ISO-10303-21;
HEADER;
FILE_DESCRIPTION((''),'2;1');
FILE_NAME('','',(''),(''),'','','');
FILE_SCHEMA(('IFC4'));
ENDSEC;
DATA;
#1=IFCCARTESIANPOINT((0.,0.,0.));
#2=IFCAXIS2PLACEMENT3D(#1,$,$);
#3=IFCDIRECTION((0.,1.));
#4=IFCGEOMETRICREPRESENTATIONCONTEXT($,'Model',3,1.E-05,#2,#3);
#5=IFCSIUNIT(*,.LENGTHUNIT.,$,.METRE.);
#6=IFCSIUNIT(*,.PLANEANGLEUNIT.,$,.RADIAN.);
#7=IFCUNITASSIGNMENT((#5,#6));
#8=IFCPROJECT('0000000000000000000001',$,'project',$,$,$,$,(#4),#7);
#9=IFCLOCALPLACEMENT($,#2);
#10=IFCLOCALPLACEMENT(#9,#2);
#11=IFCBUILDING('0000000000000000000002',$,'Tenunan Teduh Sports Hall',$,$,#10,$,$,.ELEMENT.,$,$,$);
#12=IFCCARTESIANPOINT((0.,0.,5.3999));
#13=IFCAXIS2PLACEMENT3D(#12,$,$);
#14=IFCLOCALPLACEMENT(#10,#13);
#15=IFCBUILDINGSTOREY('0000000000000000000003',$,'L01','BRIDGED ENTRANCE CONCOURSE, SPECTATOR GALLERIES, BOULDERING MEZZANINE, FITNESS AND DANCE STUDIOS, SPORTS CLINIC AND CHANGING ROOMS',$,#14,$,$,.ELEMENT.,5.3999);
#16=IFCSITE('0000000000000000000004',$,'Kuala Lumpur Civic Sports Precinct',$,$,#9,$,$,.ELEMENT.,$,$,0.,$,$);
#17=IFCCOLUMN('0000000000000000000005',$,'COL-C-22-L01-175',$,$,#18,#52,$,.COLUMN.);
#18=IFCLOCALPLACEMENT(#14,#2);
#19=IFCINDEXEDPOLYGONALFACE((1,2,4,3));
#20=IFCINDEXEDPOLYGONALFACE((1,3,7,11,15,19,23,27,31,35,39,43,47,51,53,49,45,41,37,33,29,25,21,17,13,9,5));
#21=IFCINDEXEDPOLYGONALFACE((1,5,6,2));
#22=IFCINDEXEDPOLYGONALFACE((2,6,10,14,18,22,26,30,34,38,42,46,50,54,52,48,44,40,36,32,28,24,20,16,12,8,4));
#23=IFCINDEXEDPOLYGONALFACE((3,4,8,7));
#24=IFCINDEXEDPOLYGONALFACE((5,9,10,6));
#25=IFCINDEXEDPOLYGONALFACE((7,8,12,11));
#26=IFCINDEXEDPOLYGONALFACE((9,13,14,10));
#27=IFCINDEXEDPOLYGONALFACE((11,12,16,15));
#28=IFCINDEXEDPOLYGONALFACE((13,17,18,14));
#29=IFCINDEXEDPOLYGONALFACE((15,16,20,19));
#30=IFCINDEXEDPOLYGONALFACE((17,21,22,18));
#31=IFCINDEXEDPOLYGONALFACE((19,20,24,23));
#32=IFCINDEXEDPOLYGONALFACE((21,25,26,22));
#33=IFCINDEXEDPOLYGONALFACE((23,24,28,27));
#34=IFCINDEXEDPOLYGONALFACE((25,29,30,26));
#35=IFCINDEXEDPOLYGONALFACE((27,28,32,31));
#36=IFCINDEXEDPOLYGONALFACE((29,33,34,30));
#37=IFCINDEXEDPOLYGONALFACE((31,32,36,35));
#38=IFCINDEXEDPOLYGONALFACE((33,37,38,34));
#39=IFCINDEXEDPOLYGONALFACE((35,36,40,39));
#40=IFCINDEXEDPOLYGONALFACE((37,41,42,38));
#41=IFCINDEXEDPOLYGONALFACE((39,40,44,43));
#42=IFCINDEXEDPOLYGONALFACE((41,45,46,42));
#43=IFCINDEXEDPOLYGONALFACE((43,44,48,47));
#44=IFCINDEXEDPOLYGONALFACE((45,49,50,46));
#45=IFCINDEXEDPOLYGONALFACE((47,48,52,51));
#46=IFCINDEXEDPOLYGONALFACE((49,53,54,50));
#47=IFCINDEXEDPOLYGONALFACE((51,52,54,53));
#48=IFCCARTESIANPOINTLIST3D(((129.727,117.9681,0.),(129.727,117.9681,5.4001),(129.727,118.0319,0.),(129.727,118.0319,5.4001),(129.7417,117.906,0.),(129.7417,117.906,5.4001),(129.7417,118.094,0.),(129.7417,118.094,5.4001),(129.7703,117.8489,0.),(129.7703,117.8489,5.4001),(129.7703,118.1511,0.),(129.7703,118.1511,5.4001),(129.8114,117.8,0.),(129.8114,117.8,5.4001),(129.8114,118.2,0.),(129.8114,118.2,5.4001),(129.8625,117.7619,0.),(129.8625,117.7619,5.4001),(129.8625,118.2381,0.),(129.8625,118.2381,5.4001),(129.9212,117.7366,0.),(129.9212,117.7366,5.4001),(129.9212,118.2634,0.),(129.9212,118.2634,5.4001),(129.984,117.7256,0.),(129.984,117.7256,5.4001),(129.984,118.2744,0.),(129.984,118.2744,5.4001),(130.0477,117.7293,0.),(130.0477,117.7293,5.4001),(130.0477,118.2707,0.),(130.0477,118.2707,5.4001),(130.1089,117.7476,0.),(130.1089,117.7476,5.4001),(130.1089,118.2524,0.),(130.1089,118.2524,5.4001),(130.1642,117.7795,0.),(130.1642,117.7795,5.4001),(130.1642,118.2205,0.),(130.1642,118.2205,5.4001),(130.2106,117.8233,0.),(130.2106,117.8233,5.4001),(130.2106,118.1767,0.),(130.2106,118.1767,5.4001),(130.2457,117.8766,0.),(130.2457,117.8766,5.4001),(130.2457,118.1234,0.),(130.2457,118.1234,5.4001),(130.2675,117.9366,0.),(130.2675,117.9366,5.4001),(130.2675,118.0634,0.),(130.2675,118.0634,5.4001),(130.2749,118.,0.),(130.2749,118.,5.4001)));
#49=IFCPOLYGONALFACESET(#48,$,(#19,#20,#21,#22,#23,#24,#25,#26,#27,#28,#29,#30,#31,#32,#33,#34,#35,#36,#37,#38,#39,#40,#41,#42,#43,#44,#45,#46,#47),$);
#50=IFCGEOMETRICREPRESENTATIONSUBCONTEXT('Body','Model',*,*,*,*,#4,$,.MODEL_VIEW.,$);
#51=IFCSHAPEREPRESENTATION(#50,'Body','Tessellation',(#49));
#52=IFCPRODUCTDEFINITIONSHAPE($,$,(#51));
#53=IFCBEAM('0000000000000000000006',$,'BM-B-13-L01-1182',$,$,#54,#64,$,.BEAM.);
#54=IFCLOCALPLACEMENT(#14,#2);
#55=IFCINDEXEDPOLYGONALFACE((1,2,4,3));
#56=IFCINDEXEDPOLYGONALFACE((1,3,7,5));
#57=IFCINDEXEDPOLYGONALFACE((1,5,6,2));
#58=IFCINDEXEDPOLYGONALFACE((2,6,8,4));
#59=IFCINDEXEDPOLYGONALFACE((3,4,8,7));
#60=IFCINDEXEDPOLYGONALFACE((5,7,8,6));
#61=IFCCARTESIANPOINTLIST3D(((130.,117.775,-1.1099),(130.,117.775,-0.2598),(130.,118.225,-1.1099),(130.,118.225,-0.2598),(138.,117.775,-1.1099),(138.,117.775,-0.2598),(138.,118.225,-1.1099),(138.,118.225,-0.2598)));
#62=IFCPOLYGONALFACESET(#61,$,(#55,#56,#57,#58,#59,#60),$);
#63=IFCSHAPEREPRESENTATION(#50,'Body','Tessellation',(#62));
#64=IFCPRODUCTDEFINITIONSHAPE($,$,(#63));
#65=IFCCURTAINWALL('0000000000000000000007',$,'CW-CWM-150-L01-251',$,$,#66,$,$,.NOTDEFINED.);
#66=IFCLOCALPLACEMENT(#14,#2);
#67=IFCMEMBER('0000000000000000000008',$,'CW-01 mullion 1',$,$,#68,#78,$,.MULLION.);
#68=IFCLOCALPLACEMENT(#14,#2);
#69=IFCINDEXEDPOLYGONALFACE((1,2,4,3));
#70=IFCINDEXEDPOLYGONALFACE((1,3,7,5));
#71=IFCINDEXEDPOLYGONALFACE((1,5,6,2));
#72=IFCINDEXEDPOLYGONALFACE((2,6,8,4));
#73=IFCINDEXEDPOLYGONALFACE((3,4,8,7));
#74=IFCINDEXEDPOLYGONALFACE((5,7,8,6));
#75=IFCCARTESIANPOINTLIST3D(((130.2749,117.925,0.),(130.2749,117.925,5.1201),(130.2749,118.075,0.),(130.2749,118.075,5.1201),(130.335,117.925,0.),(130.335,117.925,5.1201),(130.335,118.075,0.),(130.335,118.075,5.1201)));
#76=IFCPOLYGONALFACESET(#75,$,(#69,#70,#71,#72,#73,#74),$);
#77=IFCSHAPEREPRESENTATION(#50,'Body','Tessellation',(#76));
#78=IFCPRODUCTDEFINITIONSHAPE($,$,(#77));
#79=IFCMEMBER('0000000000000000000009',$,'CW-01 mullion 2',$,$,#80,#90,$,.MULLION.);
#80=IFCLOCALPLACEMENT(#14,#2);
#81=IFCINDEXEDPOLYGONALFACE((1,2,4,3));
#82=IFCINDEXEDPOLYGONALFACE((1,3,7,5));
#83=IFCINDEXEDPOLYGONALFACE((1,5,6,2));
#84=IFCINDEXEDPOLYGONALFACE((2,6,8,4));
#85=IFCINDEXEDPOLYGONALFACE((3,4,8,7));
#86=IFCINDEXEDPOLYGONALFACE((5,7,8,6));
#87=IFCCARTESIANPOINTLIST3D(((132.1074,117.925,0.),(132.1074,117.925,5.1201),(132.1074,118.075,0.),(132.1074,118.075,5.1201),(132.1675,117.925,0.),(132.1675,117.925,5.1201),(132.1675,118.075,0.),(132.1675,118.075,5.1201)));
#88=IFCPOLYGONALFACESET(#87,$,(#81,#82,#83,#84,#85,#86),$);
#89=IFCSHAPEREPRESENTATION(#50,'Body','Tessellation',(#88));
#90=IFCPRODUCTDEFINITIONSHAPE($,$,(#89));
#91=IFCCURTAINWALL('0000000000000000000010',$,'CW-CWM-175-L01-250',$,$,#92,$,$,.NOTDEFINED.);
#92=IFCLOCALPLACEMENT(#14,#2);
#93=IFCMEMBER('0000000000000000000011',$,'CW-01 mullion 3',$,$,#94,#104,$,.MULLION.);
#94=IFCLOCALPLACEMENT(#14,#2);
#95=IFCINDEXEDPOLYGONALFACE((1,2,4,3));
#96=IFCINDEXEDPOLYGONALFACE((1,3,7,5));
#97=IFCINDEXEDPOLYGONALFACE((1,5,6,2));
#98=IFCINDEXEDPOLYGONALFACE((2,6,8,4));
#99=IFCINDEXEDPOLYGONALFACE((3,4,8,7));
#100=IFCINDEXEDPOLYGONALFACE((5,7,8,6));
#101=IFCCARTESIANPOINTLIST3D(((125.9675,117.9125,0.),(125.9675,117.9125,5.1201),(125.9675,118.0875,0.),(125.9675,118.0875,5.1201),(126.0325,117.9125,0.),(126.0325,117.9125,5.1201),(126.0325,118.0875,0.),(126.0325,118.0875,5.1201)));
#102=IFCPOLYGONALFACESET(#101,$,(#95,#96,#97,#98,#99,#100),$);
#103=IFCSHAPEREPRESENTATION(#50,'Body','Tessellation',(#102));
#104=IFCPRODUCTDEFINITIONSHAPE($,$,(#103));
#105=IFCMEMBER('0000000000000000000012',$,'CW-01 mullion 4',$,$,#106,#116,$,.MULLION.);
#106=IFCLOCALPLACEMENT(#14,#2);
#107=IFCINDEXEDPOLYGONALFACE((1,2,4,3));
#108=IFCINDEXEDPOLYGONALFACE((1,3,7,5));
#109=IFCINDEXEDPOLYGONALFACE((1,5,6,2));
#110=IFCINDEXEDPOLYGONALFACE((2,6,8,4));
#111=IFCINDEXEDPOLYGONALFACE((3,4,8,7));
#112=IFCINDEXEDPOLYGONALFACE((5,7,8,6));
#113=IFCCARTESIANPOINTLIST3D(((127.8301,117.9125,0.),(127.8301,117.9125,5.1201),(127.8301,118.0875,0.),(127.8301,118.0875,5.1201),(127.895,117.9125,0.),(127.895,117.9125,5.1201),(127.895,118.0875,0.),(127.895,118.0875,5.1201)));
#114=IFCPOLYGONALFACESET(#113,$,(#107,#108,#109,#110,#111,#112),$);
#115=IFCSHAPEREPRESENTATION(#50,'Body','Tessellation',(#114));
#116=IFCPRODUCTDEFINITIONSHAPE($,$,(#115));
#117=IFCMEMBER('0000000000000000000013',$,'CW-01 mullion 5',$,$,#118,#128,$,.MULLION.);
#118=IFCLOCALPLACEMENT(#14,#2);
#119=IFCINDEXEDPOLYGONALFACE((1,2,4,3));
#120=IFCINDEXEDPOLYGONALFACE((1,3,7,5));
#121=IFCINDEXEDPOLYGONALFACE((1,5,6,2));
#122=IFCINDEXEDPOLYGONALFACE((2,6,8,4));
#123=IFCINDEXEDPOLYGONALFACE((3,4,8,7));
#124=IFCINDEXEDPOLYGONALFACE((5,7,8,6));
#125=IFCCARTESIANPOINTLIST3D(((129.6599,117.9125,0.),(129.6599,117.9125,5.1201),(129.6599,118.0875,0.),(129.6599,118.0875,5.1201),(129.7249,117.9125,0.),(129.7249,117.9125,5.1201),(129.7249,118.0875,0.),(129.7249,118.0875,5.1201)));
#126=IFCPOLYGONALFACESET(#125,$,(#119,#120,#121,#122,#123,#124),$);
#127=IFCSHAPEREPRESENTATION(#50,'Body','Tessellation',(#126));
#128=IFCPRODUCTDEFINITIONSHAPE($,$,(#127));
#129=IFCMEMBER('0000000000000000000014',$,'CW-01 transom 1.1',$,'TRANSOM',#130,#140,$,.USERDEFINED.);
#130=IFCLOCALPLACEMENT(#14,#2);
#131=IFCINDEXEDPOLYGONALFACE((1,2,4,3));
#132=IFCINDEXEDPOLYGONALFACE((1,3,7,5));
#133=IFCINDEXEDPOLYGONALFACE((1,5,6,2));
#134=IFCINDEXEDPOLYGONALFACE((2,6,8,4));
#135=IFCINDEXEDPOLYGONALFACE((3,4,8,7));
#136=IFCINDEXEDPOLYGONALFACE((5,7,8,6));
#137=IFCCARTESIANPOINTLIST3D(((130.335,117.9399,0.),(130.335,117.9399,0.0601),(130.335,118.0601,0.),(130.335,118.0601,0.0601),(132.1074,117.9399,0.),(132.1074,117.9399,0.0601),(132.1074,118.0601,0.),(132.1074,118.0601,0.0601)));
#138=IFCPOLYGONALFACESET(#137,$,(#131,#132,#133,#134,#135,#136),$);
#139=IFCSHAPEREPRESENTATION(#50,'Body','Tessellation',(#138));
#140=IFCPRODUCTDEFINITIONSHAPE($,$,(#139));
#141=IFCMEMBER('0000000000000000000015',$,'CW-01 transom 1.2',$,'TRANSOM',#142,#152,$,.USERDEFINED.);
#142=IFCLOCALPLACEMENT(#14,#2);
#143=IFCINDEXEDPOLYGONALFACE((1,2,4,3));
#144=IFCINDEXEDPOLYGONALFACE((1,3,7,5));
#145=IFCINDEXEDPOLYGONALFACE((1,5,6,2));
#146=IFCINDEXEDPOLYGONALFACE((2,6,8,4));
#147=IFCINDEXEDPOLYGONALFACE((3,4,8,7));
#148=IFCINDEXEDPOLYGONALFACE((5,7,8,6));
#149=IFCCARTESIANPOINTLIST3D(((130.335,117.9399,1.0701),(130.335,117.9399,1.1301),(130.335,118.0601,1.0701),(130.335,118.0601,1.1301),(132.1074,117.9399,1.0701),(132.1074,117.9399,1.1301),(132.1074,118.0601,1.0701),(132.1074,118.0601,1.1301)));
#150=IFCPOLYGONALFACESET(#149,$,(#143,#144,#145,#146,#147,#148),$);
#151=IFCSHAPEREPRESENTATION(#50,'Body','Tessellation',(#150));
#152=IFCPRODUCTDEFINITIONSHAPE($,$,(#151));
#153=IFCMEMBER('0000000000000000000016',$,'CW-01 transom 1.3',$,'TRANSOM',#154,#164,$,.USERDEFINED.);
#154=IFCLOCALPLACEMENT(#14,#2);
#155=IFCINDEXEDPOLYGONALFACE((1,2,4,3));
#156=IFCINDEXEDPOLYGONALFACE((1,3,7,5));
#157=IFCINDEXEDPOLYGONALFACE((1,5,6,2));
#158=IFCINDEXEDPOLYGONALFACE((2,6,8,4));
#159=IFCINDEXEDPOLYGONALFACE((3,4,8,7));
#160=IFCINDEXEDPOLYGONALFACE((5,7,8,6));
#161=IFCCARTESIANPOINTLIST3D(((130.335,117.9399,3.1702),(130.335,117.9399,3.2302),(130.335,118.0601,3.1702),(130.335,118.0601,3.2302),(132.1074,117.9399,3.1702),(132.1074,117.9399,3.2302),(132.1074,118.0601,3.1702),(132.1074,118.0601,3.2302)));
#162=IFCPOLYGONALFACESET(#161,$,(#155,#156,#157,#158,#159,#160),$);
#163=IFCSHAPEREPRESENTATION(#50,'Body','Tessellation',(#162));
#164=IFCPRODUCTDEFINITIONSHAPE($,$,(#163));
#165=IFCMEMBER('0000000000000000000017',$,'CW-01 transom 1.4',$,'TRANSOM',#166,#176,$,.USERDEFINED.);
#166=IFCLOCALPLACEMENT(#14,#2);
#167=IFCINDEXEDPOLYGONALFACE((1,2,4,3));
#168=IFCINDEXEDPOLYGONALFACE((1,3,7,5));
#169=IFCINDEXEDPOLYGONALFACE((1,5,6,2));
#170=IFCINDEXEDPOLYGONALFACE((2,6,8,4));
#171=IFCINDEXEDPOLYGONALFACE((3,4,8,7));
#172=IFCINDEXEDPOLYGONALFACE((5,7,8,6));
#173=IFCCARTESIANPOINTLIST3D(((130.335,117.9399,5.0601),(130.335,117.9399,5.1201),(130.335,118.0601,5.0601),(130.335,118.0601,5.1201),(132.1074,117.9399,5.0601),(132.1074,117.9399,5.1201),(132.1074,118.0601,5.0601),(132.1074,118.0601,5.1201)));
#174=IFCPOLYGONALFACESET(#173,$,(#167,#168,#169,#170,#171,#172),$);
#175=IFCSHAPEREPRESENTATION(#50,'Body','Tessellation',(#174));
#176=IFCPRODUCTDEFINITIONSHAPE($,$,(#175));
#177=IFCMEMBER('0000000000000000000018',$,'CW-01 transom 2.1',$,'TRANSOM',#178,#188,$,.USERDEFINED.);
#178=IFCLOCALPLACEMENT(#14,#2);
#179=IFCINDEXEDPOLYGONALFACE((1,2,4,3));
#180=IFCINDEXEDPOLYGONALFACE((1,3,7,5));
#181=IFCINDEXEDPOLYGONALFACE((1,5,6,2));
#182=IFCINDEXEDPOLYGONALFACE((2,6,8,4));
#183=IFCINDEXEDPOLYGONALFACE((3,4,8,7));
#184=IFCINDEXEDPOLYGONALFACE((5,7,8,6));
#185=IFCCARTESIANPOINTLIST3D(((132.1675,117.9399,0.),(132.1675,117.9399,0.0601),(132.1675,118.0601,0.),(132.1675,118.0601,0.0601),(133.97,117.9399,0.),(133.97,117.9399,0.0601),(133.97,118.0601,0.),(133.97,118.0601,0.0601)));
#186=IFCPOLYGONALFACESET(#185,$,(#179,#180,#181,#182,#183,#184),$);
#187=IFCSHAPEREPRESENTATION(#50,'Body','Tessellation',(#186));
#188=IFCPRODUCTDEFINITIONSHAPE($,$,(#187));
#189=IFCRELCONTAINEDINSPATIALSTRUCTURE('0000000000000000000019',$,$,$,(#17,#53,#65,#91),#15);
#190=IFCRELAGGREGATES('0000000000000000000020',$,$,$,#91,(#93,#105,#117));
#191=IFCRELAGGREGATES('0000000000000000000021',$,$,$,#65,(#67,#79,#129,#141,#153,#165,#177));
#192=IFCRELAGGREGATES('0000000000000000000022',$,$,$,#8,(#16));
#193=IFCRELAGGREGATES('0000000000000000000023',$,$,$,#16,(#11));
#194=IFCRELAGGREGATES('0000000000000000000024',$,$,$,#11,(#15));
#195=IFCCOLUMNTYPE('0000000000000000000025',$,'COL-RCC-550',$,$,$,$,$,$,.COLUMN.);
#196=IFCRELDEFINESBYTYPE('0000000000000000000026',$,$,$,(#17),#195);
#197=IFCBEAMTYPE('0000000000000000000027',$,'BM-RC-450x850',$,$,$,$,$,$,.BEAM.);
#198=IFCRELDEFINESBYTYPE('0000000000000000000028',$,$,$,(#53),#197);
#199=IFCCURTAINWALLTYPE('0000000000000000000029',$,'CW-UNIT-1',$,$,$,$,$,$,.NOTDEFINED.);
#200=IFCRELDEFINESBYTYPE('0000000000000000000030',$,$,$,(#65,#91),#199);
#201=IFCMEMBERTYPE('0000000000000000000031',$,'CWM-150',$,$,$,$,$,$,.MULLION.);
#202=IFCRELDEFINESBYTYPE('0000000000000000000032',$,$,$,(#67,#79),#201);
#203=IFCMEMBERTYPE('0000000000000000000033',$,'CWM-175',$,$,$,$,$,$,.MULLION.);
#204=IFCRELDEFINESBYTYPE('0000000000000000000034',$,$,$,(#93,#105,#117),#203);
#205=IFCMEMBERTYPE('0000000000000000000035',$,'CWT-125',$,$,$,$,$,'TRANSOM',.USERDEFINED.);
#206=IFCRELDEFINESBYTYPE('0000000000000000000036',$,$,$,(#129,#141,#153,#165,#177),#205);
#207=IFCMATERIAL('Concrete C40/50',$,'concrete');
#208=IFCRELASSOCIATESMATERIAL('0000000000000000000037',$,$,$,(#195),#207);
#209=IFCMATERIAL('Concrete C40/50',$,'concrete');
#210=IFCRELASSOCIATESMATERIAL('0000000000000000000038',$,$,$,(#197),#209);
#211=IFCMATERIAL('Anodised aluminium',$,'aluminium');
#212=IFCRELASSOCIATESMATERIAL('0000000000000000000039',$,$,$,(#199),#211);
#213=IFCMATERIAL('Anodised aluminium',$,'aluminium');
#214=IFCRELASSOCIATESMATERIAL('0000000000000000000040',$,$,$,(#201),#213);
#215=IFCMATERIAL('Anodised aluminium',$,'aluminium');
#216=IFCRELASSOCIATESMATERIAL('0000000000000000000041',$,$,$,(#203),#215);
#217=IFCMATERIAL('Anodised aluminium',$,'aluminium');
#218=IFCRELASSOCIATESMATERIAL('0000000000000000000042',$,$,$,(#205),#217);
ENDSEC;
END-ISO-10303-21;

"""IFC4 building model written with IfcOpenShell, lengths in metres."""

from ifc_helpers import new_model, si_unit, direction, frame, origin, origin_2d, place, context, subcontext, project, spatial, rectangle, circle, extrude, material, material_profile, profile_set, type_object, element, aggregate, save


model = new_model("IFC4")

# Units and contexts
model_context = context("Model", 3, precision=1e-05, world=origin(), true_north=direction((0.0, 1.0)))
body_context = subcontext(model_context, "Body", "Model", "MODEL_VIEW")
ifc_project = project(units=[si_unit("LENGTHUNIT", "METRE"), si_unit("PLANEANGLEUNIT", "RADIAN")], contexts=[model_context])

# Site, building, storey
site_placement = place(None, origin())
site = spatial("IfcSite", under=ifc_project, at=site_placement, Name="Kuala Lumpur Civic Sports Precinct", CompositionType="ELEMENT", RefElevation=0.0)
building_placement = place(site_placement, origin())
building = spatial("IfcBuilding", under=site, at=building_placement, Name="Tenunan Teduh Sports Hall", CompositionType="ELEMENT")
storey_placement = place(building_placement, frame((0.0, 0.0, 5.3999)))
storey = spatial("IfcBuildingStorey", under=building, at=storey_placement, Name="L01", Description="BRIDGED ENTRANCE CONCOURSE, SPECTATOR GALLERIES, BOULDERING MEZZANINE, FITNESS AND DANCE STUDIOS, SPORTS CLINIC AND CHANGING ROOMS", CompositionType="ELEMENT", Elevation=5.3999)

# Column
ifc_material_1 = material(Name="Concrete C40/50", Category="concrete")
ifc_material_profile_1 = material_profile(ifc_material_1, circle(Radius=0.2749, at=origin_2d()), Name="RCC D550")
ifc_profile_set_1 = profile_set([ifc_material_profile_1], Name="Concrete C40/50")
column_type = type_object("IfcColumnType", Name="COL-RCC-550", PredefinedType="COLUMN", material=ifc_profile_set_1)
column_placement = place(storey_placement, frame((130.0, 118.0, 0.0), z_axis=(0.0, 0.0, 1.0), x_axis=(1.0, 0.0, 0.0)))
element("IfcColumn", 1, at=column_placement, inside=storey, type_object=column_type, Name="COL-C-22-L01-175", PredefinedType="COLUMN", context=body_context, shape_type="SweptSolid", body=[
    extrude(circle(Radius=0.2749, at=origin_2d()), origin(), (0.0, 0.0, 1.0), 5.4001),
])

# Beam
ifc_material_2 = material(Name="Concrete C40/50", Category="concrete")
ifc_material_profile_2 = material_profile(ifc_material_2, rectangle(XDim=0.45, YDim=0.8501, at=origin_2d()), Name="RCB 450x850")
ifc_profile_set_2 = profile_set([ifc_material_profile_2], Name="Concrete C40/50")
beam_type = type_object("IfcBeamType", Name="BM-RC-450x850", PredefinedType="BEAM", material=ifc_profile_set_2)
beam_placement = place(storey_placement, frame((130.0, 118.0, -0.6848), z_axis=(1.0, 0.0, 0.0), x_axis=(0.0, 1.0, 0.0)))
element("IfcBeam", 2, at=beam_placement, inside=storey, type_object=beam_type, Name="BM-B-13-L01-1182", PredefinedType="BEAM", context=body_context, shape_type="SweptSolid", body=[
    extrude(rectangle(XDim=0.45, YDim=0.8501, at=origin_2d()), origin(), (0.0, 0.0, 1.0), 8.0),
])

# Curtain walls, members
ifc_material_3 = material(Name="Anodised aluminium", Category="aluminium")
curtain_wall_type = type_object("IfcCurtainWallType", Name="CW-UNIT-1", PredefinedType="NOTDEFINED", material=ifc_material_3)
curtain_wall_1_placement = place(storey_placement, origin())
curtain_wall_1 = element("IfcCurtainWall", 3, at=curtain_wall_1_placement, inside=storey, type_object=curtain_wall_type, Name="CW-CWM-150-L01-251", PredefinedType="NOTDEFINED")
ifc_material_4 = material(Name="Anodised aluminium", Category="aluminium")
ifc_material_profile_3 = material_profile(ifc_material_4, rectangle(XDim=0.0601, YDim=0.1499, at=origin_2d()), Name="CWM 60x150")
ifc_profile_set_3 = profile_set([ifc_material_profile_3], Name="Anodised aluminium")
member_type_1 = type_object("IfcMemberType", Name="CWM-150", PredefinedType="MULLION", material=ifc_profile_set_3)
member_1_placement = place(storey_placement, frame((130.3049, 118.0, 0.0), z_axis=(0.0, 0.0, 1.0), x_axis=(1.0, 0.0, 0.0)))
member_1 = element("IfcMember", 4, at=member_1_placement, type_object=member_type_1, Name="CW-01 mullion 1", PredefinedType="MULLION", context=body_context, shape_type="SweptSolid", body=[
    extrude(rectangle(XDim=0.0601, YDim=0.1499, at=origin_2d()), origin(), (0.0, 0.0, 1.0), 5.1201),
])
member_2_placement = place(storey_placement, frame((132.1375, 118.0, 0.0), z_axis=(0.0, 0.0, 1.0), x_axis=(1.0, 0.0, 0.0)))
member_2 = element("IfcMember", 5, at=member_2_placement, type_object=member_type_1, Name="CW-01 mullion 2", PredefinedType="MULLION", context=body_context, shape_type="SweptSolid", body=[
    extrude(rectangle(XDim=0.0601, YDim=0.1499, at=origin_2d()), origin(), (0.0, 0.0, 1.0), 5.1201),
])
curtain_wall_2_placement = place(storey_placement, origin())
curtain_wall_2 = element("IfcCurtainWall", 6, at=curtain_wall_2_placement, inside=storey, type_object=curtain_wall_type, Name="CW-CWM-175-L01-250", PredefinedType="NOTDEFINED")
ifc_material_5 = material(Name="Anodised aluminium", Category="aluminium")
ifc_material_profile_4 = material_profile(ifc_material_5, rectangle(XDim=0.0649, YDim=0.175, at=origin_2d()), Name="CWM 65x175")
ifc_profile_set_4 = profile_set([ifc_material_profile_4], Name="Anodised aluminium")
member_type_2 = type_object("IfcMemberType", Name="CWM-175", PredefinedType="MULLION", material=ifc_profile_set_4)
member_3_placement = place(storey_placement, frame((126.0, 118.0, 0.0), z_axis=(0.0, 0.0, 1.0), x_axis=(1.0, 0.0, 0.0)))
member_3 = element("IfcMember", 7, at=member_3_placement, type_object=member_type_2, Name="CW-01 mullion 3", PredefinedType="MULLION", context=body_context, shape_type="SweptSolid", body=[
    extrude(rectangle(XDim=0.0649, YDim=0.175, at=origin_2d()), origin(), (0.0, 0.0, 1.0), 5.1201),
])
member_4_placement = place(storey_placement, frame((127.8625, 118.0, 0.0), z_axis=(0.0, 0.0, 1.0), x_axis=(1.0, 0.0, 0.0)))
member_4 = element("IfcMember", 8, at=member_4_placement, type_object=member_type_2, Name="CW-01 mullion 4", PredefinedType="MULLION", context=body_context, shape_type="SweptSolid", body=[
    extrude(rectangle(XDim=0.0649, YDim=0.175, at=origin_2d()), origin(), (0.0, 0.0, 1.0), 5.1201),
])
member_5_placement = place(storey_placement, frame((129.6924, 118.0, 0.0), z_axis=(0.0, 0.0, 1.0), x_axis=(1.0, 0.0, 0.0)))
member_5 = element("IfcMember", 9, at=member_5_placement, type_object=member_type_2, Name="CW-01 mullion 5", PredefinedType="MULLION", context=body_context, shape_type="SweptSolid", body=[
    extrude(rectangle(XDim=0.0649, YDim=0.175, at=origin_2d()), origin(), (0.0, 0.0, 1.0), 5.1201),
])

# Members
ifc_material_6 = material(Name="Anodised aluminium", Category="aluminium")
ifc_material_profile_5 = material_profile(ifc_material_6, rectangle(XDim=0.0601, YDim=0.1201, at=origin_2d()), Name="CWT 60x120")
ifc_profile_set_5 = profile_set([ifc_material_profile_5], Name="Anodised aluminium")
member_type_3 = type_object("IfcMemberType", Name="CWT-125", ElementType="TRANSOM", PredefinedType="USERDEFINED", material=ifc_profile_set_5)
member_6_placement = place(storey_placement, frame((130.335, 118.0, 0.03), z_axis=(1.0, 0.0, 0.0), x_axis=(0.0, 0.0, 1.0)))
member_6 = element("IfcMember", 10, at=member_6_placement, type_object=member_type_3, Name="CW-01 transom 1.1", ObjectType="TRANSOM", PredefinedType="USERDEFINED", context=body_context, shape_type="SweptSolid", body=[
    extrude(rectangle(XDim=0.0601, YDim=0.1201, at=origin_2d()), origin(), (0.0, 0.0, 1.0), 1.7725),
])
member_7_placement = place(storey_placement, frame((130.335, 118.0, 1.1001), z_axis=(1.0, 0.0, 0.0), x_axis=(0.0, 0.0, 1.0)))
member_7 = element("IfcMember", 11, at=member_7_placement, type_object=member_type_3, Name="CW-01 transom 1.2", ObjectType="TRANSOM", PredefinedType="USERDEFINED", context=body_context, shape_type="SweptSolid", body=[
    extrude(rectangle(XDim=0.0601, YDim=0.1201, at=origin_2d()), origin(), (0.0, 0.0, 1.0), 1.7725),
])
member_8_placement = place(storey_placement, frame((130.335, 118.0, 3.2002), z_axis=(1.0, 0.0, 0.0), x_axis=(0.0, 0.0, 1.0)))
member_8 = element("IfcMember", 12, at=member_8_placement, type_object=member_type_3, Name="CW-01 transom 1.3", ObjectType="TRANSOM", PredefinedType="USERDEFINED", context=body_context, shape_type="SweptSolid", body=[
    extrude(rectangle(XDim=0.0601, YDim=0.1201, at=origin_2d()), origin(), (0.0, 0.0, 1.0), 1.7725),
])
member_9_placement = place(storey_placement, frame((130.335, 118.0, 5.0901), z_axis=(1.0, 0.0, 0.0), x_axis=(0.0, 0.0, 1.0)))
member_9 = element("IfcMember", 13, at=member_9_placement, type_object=member_type_3, Name="CW-01 transom 1.4", ObjectType="TRANSOM", PredefinedType="USERDEFINED", context=body_context, shape_type="SweptSolid", body=[
    extrude(rectangle(XDim=0.0601, YDim=0.1201, at=origin_2d()), origin(), (0.0, 0.0, 1.0), 1.7725),
])
member_10_placement = place(storey_placement, frame((132.1675, 118.0, 0.03), z_axis=(1.0, 0.0, 0.0), x_axis=(0.0, 0.0, 1.0)))
member_10 = element("IfcMember", 14, at=member_10_placement, type_object=member_type_3, Name="CW-01 transom 2.1", ObjectType="TRANSOM", PredefinedType="USERDEFINED", context=body_context, shape_type="SweptSolid", body=[
    extrude(rectangle(XDim=0.0601, YDim=0.1201, at=origin_2d()), origin(), (0.0, 0.0, 1.0), 1.8025),
])

aggregate(curtain_wall_2, [member_3, member_4, member_5])
aggregate(curtain_wall_1, [member_1, member_2, member_6, member_7, member_8, member_9, member_10])

save(model, "model.ifc")
